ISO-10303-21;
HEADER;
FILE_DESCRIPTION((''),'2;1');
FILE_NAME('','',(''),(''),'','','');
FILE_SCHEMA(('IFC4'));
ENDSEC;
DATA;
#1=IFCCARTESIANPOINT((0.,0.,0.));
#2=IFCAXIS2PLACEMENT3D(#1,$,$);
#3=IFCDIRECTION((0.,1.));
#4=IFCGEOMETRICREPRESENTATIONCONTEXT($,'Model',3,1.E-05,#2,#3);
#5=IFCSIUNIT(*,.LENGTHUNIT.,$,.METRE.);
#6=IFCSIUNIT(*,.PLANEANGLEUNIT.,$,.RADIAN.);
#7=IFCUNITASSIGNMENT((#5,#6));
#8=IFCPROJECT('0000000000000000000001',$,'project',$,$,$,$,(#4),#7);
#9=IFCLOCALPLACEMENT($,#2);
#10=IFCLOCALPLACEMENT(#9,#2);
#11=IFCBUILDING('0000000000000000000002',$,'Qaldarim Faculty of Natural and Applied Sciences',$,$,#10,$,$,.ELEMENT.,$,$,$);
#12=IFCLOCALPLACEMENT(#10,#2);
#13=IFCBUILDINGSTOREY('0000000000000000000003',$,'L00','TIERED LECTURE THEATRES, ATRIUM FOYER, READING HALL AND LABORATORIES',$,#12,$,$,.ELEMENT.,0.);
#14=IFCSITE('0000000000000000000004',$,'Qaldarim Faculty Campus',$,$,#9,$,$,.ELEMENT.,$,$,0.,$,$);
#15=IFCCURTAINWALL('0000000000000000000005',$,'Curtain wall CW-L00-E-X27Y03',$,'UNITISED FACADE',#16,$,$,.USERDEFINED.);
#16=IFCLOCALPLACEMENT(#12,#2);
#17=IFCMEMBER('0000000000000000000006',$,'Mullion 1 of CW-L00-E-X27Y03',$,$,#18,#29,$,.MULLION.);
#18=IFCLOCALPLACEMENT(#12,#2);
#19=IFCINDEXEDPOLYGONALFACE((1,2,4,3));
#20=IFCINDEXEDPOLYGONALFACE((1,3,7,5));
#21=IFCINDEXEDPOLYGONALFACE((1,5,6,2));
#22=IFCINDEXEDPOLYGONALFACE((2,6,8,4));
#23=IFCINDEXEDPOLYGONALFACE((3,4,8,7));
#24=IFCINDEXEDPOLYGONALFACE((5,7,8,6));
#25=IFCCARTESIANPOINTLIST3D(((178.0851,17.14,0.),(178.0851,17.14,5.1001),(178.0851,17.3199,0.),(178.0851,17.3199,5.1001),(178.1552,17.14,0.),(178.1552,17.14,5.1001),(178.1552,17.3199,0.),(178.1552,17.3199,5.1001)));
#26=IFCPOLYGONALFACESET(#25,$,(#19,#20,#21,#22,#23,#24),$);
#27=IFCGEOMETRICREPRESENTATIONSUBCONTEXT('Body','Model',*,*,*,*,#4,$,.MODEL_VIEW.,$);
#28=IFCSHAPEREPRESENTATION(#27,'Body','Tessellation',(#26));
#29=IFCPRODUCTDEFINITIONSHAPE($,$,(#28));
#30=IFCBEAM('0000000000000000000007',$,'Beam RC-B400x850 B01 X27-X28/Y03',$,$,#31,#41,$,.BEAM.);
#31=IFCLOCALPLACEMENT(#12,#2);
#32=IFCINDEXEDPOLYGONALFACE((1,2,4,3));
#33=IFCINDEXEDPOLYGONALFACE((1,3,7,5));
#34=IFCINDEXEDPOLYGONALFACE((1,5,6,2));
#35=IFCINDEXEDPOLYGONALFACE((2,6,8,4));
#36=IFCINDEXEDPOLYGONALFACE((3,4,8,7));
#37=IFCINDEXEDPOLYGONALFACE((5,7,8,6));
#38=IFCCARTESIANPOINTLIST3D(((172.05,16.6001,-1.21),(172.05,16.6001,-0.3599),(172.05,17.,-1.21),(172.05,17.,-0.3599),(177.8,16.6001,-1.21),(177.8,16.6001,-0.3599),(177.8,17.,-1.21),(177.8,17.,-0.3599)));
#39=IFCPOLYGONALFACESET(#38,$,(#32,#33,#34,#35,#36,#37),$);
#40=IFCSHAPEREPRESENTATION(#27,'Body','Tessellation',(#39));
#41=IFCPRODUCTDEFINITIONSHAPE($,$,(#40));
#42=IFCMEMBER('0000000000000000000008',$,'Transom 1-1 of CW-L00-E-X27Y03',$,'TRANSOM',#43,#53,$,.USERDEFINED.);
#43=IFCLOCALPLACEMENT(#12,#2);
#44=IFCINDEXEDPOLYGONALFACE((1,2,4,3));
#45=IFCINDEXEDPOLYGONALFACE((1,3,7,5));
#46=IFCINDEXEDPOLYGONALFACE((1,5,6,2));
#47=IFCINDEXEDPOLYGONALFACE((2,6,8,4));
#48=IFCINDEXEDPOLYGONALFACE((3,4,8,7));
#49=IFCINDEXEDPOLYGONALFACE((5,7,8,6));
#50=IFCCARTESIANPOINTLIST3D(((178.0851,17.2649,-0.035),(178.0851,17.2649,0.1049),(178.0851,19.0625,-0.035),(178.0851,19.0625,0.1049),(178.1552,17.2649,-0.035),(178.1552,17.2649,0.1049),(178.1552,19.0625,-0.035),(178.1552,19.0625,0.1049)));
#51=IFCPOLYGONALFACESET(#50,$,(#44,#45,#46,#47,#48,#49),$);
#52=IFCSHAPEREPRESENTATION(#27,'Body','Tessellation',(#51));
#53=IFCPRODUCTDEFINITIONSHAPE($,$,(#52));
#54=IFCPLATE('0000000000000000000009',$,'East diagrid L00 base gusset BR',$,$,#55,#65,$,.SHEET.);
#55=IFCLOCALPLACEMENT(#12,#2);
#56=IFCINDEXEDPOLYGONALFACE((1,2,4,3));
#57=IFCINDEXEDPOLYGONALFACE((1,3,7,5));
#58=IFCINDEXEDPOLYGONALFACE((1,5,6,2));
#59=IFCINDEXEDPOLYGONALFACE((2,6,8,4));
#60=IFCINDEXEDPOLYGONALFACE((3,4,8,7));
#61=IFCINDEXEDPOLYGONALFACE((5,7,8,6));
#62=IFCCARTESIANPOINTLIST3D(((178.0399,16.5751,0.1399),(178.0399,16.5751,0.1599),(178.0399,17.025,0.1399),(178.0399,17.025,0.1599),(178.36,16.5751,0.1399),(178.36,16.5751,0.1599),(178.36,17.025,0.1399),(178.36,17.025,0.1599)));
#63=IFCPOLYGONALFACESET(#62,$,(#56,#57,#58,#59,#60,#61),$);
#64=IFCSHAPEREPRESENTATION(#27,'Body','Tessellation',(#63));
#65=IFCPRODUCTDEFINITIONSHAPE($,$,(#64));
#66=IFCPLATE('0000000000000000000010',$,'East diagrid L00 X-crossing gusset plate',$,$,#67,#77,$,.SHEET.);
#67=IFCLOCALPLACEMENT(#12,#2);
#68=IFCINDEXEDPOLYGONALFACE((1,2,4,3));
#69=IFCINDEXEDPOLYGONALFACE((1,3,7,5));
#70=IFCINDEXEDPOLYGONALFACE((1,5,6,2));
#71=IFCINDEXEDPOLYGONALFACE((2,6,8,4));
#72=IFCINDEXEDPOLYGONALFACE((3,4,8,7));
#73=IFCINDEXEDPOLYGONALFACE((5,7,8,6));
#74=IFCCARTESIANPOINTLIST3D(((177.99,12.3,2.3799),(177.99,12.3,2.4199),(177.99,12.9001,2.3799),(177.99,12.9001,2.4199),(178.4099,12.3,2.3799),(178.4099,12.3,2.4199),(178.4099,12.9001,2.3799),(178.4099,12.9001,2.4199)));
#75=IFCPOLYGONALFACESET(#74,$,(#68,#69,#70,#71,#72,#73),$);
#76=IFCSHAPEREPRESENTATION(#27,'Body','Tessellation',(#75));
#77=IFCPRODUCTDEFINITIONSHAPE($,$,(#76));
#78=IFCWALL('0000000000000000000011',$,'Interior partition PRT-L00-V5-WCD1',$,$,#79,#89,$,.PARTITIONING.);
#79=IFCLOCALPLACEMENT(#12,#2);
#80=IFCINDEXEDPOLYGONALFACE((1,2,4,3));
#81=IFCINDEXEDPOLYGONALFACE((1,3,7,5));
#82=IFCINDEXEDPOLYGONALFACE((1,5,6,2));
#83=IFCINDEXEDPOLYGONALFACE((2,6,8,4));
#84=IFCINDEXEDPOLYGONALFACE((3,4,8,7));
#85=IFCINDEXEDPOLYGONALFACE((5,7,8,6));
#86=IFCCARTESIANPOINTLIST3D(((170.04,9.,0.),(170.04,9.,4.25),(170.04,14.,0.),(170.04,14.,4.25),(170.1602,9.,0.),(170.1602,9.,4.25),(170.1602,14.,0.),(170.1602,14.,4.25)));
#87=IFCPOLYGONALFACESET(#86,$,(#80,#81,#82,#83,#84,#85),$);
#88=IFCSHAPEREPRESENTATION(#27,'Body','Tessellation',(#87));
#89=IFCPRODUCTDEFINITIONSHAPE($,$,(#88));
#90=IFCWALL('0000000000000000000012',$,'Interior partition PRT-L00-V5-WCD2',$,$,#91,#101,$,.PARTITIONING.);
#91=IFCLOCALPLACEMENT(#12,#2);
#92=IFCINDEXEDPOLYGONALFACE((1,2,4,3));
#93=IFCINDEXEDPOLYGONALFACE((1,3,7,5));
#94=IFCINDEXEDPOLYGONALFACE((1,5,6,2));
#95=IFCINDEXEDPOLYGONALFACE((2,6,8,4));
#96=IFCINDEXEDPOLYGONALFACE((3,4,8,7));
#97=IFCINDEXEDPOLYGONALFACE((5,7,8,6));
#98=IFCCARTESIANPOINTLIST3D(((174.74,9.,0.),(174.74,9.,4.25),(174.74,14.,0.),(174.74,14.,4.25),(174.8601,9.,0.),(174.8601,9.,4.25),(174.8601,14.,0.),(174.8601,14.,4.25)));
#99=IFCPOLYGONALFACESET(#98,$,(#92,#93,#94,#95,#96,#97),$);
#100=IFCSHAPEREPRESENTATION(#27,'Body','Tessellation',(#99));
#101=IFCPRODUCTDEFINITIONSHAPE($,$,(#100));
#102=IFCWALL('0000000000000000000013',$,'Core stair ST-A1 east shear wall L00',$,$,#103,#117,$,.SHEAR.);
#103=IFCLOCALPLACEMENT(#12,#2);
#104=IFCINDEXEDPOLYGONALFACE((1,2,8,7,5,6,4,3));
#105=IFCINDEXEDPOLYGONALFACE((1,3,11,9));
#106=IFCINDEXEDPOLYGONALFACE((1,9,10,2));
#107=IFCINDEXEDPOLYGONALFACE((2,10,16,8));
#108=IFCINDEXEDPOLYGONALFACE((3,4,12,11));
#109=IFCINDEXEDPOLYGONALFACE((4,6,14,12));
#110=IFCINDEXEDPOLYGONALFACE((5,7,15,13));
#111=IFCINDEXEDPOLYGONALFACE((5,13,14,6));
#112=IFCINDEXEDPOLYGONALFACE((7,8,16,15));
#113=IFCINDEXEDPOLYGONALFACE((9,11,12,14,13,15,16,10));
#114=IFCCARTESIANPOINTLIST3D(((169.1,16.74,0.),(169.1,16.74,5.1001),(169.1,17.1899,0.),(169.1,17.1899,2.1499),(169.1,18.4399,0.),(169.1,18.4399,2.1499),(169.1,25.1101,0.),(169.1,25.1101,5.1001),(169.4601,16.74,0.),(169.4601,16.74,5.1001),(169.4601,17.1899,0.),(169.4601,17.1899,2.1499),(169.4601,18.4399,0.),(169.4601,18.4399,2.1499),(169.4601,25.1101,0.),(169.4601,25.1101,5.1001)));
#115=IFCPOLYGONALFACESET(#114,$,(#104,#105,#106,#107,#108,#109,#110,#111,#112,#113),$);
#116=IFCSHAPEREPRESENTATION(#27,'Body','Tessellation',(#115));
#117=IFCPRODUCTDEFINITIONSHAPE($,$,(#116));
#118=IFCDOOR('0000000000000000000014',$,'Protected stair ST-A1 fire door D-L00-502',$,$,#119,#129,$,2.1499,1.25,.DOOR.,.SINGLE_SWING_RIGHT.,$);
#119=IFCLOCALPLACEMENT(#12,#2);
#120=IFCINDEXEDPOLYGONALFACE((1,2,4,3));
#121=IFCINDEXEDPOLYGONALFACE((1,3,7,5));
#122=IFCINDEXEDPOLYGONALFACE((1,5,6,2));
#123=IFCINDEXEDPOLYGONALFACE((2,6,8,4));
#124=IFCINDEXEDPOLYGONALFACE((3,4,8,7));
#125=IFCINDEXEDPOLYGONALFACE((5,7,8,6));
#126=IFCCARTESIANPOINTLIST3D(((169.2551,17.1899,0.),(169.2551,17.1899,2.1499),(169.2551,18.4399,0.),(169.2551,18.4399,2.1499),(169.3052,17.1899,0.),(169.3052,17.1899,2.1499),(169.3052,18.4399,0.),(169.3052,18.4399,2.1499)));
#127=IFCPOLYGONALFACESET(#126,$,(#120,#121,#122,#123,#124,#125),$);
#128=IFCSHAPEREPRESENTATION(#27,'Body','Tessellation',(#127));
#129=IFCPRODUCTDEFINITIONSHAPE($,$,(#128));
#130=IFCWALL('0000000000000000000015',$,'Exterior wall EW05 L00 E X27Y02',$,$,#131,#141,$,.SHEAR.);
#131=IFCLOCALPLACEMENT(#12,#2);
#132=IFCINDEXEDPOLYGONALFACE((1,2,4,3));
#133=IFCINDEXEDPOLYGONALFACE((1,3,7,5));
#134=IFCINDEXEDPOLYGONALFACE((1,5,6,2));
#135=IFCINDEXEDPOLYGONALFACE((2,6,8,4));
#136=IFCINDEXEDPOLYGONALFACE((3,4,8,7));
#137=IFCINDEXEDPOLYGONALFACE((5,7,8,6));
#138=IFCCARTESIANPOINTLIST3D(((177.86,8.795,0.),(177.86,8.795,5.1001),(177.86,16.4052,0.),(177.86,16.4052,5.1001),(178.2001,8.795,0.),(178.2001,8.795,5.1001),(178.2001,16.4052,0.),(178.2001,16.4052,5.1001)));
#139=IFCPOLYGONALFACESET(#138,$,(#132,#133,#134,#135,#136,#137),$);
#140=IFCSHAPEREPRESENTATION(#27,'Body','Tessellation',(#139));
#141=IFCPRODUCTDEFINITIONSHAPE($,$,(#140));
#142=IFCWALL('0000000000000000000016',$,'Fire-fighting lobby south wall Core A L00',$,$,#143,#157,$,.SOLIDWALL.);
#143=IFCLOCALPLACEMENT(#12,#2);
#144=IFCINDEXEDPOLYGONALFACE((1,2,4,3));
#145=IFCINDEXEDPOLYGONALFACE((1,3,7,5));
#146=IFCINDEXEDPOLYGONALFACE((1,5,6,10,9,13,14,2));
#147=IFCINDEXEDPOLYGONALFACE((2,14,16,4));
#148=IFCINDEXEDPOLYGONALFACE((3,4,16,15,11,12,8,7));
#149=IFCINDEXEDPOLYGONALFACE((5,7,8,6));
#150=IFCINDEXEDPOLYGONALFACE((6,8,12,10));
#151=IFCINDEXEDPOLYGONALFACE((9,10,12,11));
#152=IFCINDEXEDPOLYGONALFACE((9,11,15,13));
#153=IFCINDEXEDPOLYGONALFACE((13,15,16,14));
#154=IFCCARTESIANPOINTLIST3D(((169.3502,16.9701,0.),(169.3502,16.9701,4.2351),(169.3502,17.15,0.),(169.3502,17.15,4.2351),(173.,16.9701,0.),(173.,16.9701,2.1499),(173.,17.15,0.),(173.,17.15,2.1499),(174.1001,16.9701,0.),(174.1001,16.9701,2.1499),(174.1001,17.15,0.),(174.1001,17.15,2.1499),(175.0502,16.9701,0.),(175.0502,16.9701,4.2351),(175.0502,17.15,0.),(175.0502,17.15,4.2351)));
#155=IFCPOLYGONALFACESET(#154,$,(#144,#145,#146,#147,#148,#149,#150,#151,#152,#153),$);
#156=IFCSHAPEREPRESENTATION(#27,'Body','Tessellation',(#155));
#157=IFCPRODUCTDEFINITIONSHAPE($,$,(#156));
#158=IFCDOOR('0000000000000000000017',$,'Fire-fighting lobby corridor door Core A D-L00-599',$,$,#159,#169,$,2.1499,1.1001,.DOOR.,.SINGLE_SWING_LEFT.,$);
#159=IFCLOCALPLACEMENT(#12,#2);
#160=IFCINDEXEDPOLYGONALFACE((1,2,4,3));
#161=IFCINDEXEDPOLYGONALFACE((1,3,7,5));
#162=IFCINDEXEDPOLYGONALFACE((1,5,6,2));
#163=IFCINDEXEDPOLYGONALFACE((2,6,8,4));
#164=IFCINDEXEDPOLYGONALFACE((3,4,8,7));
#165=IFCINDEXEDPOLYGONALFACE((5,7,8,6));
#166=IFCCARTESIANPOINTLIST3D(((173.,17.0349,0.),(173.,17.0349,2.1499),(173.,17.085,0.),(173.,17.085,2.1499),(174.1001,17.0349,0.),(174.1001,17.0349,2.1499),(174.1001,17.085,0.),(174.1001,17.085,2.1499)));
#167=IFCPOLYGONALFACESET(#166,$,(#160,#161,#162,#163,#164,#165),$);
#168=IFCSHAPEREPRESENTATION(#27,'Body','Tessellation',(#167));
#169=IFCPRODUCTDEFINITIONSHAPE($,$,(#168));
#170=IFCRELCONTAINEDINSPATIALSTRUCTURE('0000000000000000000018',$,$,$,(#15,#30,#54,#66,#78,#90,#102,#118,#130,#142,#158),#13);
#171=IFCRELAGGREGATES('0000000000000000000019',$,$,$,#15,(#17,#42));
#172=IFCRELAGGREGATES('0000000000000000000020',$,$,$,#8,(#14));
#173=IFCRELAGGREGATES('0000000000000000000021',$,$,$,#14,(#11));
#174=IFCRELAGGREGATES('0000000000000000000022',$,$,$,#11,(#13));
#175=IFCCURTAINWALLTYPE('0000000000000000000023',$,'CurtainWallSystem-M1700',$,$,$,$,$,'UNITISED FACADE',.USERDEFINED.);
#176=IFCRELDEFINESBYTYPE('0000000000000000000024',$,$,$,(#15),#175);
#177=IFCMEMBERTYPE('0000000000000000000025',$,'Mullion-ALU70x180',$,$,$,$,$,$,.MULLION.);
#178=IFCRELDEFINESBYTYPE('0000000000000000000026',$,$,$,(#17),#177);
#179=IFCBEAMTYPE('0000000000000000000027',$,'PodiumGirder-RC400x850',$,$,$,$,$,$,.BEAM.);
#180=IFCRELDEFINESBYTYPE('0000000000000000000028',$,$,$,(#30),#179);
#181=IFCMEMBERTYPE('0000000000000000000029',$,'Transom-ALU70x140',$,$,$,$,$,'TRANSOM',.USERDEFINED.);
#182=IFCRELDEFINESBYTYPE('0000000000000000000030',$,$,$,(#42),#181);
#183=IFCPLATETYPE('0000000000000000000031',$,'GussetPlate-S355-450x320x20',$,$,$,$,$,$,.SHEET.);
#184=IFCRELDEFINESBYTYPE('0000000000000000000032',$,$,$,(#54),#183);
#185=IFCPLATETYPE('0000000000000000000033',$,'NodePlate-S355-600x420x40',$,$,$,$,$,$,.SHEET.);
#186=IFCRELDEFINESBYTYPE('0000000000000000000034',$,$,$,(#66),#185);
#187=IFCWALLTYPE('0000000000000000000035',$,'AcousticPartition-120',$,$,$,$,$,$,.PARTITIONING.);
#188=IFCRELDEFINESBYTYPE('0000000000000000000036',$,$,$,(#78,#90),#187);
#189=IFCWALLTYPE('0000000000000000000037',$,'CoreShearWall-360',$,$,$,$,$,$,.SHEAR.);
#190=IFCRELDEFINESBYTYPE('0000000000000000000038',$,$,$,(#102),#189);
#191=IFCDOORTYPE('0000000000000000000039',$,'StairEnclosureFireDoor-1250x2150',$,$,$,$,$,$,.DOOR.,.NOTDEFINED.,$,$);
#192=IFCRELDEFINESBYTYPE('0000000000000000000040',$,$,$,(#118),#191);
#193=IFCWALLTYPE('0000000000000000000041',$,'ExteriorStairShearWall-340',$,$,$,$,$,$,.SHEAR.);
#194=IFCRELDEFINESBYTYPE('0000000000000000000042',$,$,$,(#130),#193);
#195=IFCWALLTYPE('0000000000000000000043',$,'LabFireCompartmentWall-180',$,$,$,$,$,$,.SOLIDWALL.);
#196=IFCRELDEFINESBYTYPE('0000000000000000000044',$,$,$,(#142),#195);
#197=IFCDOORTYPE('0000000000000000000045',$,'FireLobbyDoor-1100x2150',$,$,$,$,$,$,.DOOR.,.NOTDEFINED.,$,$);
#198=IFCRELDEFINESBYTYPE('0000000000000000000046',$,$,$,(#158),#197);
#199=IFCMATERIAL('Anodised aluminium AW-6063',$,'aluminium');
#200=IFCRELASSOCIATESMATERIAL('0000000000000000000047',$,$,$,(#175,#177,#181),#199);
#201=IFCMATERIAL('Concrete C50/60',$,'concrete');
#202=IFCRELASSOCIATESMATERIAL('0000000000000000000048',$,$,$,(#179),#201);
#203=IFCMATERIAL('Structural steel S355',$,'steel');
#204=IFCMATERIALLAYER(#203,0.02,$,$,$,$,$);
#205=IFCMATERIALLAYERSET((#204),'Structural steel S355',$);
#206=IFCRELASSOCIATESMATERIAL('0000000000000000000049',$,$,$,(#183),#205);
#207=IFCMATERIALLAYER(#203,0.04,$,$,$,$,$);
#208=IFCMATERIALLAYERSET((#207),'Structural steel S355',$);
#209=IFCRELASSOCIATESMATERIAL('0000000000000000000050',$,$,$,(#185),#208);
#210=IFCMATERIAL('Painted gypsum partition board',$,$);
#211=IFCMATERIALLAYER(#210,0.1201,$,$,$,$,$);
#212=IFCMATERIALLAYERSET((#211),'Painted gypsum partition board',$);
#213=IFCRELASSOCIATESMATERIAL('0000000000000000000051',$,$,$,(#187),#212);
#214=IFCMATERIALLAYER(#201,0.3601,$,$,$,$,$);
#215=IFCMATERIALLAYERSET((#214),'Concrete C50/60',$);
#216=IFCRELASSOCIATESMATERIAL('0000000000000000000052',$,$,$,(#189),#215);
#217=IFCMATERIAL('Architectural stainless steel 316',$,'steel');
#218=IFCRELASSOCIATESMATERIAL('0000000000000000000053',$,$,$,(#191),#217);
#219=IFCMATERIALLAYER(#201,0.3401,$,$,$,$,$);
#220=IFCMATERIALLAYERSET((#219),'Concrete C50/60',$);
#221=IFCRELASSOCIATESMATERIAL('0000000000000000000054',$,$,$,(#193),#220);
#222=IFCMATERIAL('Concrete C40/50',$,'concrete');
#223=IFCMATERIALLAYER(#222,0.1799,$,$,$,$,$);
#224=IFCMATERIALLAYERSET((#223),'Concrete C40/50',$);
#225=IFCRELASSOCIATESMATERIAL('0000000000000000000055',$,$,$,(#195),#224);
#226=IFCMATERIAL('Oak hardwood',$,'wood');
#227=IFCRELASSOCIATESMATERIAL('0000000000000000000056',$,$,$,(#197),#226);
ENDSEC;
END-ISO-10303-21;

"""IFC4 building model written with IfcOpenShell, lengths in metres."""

from ifc_helpers import new_model, si_unit, direction, frame, frame_2d, origin, origin_2d, place, context, subcontext, project, spatial, rectangle, extrude, material, layer, layer_set, material_profile, profile_set, type_object, element, fill, aggregate, save


model = new_model("IFC4")

# Units and contexts
model_context = context("Model", 3, precision=1e-05, world=origin(), true_north=direction((0.0, 1.0)))
body_context = subcontext(model_context, "Body", "Model", "MODEL_VIEW")
ifc_project = project(units=[si_unit("LENGTHUNIT", "METRE"), si_unit("PLANEANGLEUNIT", "RADIAN")], contexts=[model_context])

# Site, building, storey
site_placement = place(None, origin())
site = spatial("IfcSite", under=ifc_project, at=site_placement, Name="Qaldarim Faculty Campus", CompositionType="ELEMENT", RefElevation=0.0)
building_placement = place(site_placement, origin())
building = spatial("IfcBuilding", under=site, at=building_placement, Name="Qaldarim Faculty of Natural and Applied Sciences", CompositionType="ELEMENT")
storey_placement = place(building_placement, origin())
storey = spatial("IfcBuildingStorey", under=building, at=storey_placement, Name="L00", Description="TIERED LECTURE THEATRES, ATRIUM FOYER, READING HALL AND LABORATORIES", CompositionType="ELEMENT", Elevation=0.0)

# Shared definitions
ifc_material_1 = material(Name="Concrete C50/60", Category="concrete")

# Shared definitions
ifc_material_2 = material(Name="Structural steel S355", Category="steel")

# Curtain wall, member
ifc_material_3 = material(Name="Anodised aluminium AW-6063", Category="aluminium")
curtain_wall_type = type_object("IfcCurtainWallType", Name="CurtainWallSystem-M1700", ElementType="UNITISED FACADE", PredefinedType="USERDEFINED", material=ifc_material_3)
curtain_wall_placement = place(storey_placement, origin())
curtain_wall = element("IfcCurtainWall", 1, at=curtain_wall_placement, inside=storey, type_object=curtain_wall_type, Name="Curtain wall CW-L00-E-X27Y03", ObjectType="UNITISED FACADE", PredefinedType="USERDEFINED")
ifc_material_profile_1 = material_profile(ifc_material_3, rectangle(XDim=0.0701, YDim=0.1799, at=origin_2d()), Name="ALU-M70x180")
ifc_profile_set_1 = profile_set([ifc_material_profile_1], Name="Anodised aluminium AW-6063")
member_type_1 = type_object("IfcMemberType", Name="Mullion-ALU70x180", PredefinedType="MULLION", material=ifc_profile_set_1)
member_1_placement = place(storey_placement, frame((178.1201, 17.23, 0.0), z_axis=(0.0, 0.0, 1.0), x_axis=(-1.0, 0.0, 0.0)))
member_1 = element("IfcMember", 2, at=member_1_placement, type_object=member_type_1, Name="Mullion 1 of CW-L00-E-X27Y03", PredefinedType="MULLION", context=body_context, shape_type="SweptSolid", body=[
    extrude(rectangle(XDim=0.0701, YDim=0.1799, at=origin_2d()), origin(), (0.0, 0.0, 1.0), 5.1001),
])

# Beam
ifc_material_profile_2 = material_profile(ifc_material_1, rectangle(XDim=0.3999, YDim=0.8501, at=origin_2d()), Name="RC-B400x850")
ifc_profile_set_2 = profile_set([ifc_material_profile_2], Name="Concrete C50/60")
beam_type_1 = type_object("IfcBeamType", Name="PodiumGirder-RC400x850", PredefinedType="BEAM", material=ifc_profile_set_2)
beam_1_placement = place(storey_placement, frame((172.05, 16.8, -0.7849), z_axis=(1.0, 0.0, 0.0), x_axis=(0.0, 1.0, 0.0)))
element("IfcBeam", 3, at=beam_1_placement, inside=storey, type_object=beam_type_1, Name="Beam RC-B400x850 B01 X27-X28/Y03", PredefinedType="BEAM", context=body_context, shape_type="SweptSolid", body=[
    extrude(rectangle(XDim=0.3999, YDim=0.8501, at=origin_2d()), origin(), (0.0, 0.0, 1.0), 5.75),
])

# Member
ifc_material_profile_3 = material_profile(ifc_material_3, rectangle(XDim=0.0701, YDim=0.1399, at=origin_2d()), Name="ALU-T70x140")
ifc_profile_set_3 = profile_set([ifc_material_profile_3], Name="Anodised aluminium AW-6063")
member_type_2 = type_object("IfcMemberType", Name="Transom-ALU70x140", ElementType="TRANSOM", PredefinedType="USERDEFINED", material=ifc_profile_set_3)
member_2_placement = place(storey_placement, frame((178.1201, 17.2649, 0.0349), z_axis=(0.0, 1.0, 0.0), x_axis=(-1.0, 0.0, 0.0)))
member_2 = element("IfcMember", 4, at=member_2_placement, type_object=member_type_2, Name="Transom 1-1 of CW-L00-E-X27Y03", ObjectType="TRANSOM", PredefinedType="USERDEFINED", context=body_context, shape_type="SweptSolid", body=[
    extrude(rectangle(XDim=0.0701, YDim=0.1399, at=origin_2d()), origin(), (0.0, 0.0, 1.0), 1.7976),
])
aggregate(curtain_wall, [member_1, member_2])

# Plates
ifc_layer_1 = layer(ifc_material_2, 0.02)
ifc_layer_set_1 = layer_set([ifc_layer_1], Name="Structural steel S355")
plate_type_1 = type_object("IfcPlateType", Name="GussetPlate-S355-450x320x20", PredefinedType="SHEET", material=ifc_layer_set_1)
plate_1_placement = place(storey_placement, frame((178.2, 16.8, 0.1399), z_axis=(0.0, 0.0, 1.0), x_axis=(0.0, 1.0, 0.0)))
element("IfcPlate", 5, at=plate_1_placement, inside=storey, type_object=plate_type_1, Name="East diagrid L00 base gusset BR", PredefinedType="SHEET", context=body_context, shape_type="SweptSolid", body=[
    extrude(rectangle(XDim=0.45, YDim=0.3201, at=origin_2d()), origin(), (0.0, 0.0, 1.0), 0.02),
])
ifc_layer_2 = layer(ifc_material_2, 0.04)
ifc_layer_set_2 = layer_set([ifc_layer_2], Name="Structural steel S355")
plate_type_2 = type_object("IfcPlateType", Name="NodePlate-S355-600x420x40", PredefinedType="SHEET", material=ifc_layer_set_2)
plate_2_placement = place(storey_placement, frame((178.2, 12.6001, 2.3799), z_axis=(0.0, 0.0, 1.0), x_axis=(0.0, 1.0, 0.0)))
element("IfcPlate", 6, at=plate_2_placement, inside=storey, type_object=plate_type_2, Name="East diagrid L00 X-crossing gusset plate", PredefinedType="SHEET", context=body_context, shape_type="SweptSolid", body=[
    extrude(rectangle(XDim=0.6001, YDim=0.4199, at=origin_2d()), origin(), (0.0, 0.0, 1.0), 0.04),
])

# Walls
ifc_material_4 = material(Name="Painted gypsum partition board")
ifc_layer_3 = layer(ifc_material_4, 0.1201)
ifc_layer_set_3 = layer_set([ifc_layer_3], Name="Painted gypsum partition board")
wall_type_1 = type_object("IfcWallType", Name="AcousticPartition-120", PredefinedType="PARTITIONING", material=ifc_layer_set_3)
for number, where, z_axis, x_axis, name in (
    (7, (170.1001, 9.0, 0.0), (0.0, 0.0, 1.0), (0.0, 1.0, 0.0), "Interior partition PRT-L00-V5-WCD1"),
    (8, (174.8, 9.0, 0.0), (0.0, 0.0, 1.0), (0.0, 1.0, 0.0), "Interior partition PRT-L00-V5-WCD2"),
):
    element("IfcWall", number, at=place(storey_placement, frame(where, z_axis=z_axis, x_axis=x_axis)), inside=storey, type_object=wall_type_1, Name=name, PredefinedType="PARTITIONING", context=body_context, shape_type="SweptSolid", body=[
        extrude(rectangle(XDim=5.0, YDim=0.1201, at=frame_2d((2.5, 0.0))), origin(), (0.0, 0.0, 1.0), 4.25),
    ])

# Wall, opening, door
ifc_layer_4 = layer(ifc_material_1, 0.3601)
ifc_layer_set_4 = layer_set([ifc_layer_4], Name="Concrete C50/60")
wall_type_2 = type_object("IfcWallType", Name="CoreShearWall-360", PredefinedType="SHEAR", material=ifc_layer_set_4)
wall_1_placement = place(storey_placement, frame((169.28, 16.74, 0.0), z_axis=(0.0, 0.0, 1.0), x_axis=(0.0, 1.0, 0.0)))
wall_1 = element("IfcWall", 9, at=wall_1_placement, inside=storey, type_object=wall_type_2, Name="Core stair ST-A1 east shear wall L00", PredefinedType="SHEAR", context=body_context, shape_type="SweptSolid", body=[
    extrude(rectangle(XDim=8.3701, YDim=0.3601, at=frame_2d((4.1851, 0.0))), origin(), (0.0, 0.0, 1.0), 5.1001),
])
opening_1_placement = place(wall_1_placement, frame((0.45, 0.0, 0.0)))
opening_1 = element("IfcOpeningElement", 10, at=opening_1_placement, cuts=wall_1, PredefinedType="OPENING", context=body_context, shape_type="SweptSolid", body=[
    extrude(rectangle(XDim=1.25, YDim=2.1499, at=frame_2d((0.625, 1.075))), frame((0.0, 0.1899, 0.0), z_axis=(0.0, -1.0, 0.0), x_axis=(1.0, 0.0, 0.0)), (0.0, 0.0, 1.0), 0.3801),
])
ifc_material_5 = material(Name="Architectural stainless steel 316", Category="steel")
door_type_1 = type_object("IfcDoorType", Name="StairEnclosureFireDoor-1250x2150", OperationType="NOTDEFINED", PredefinedType="DOOR", material=ifc_material_5)
door_1_placement = place(opening_1_placement, origin())
door_1 = element("IfcDoor", 11, at=door_1_placement, inside=storey, type_object=door_type_1, Name="Protected stair ST-A1 fire door D-L00-502", OperationType="SINGLE_SWING_RIGHT", OverallHeight=2.1499, OverallWidth=1.25, PredefinedType="DOOR", context=body_context, shape_type="SweptSolid", body=[
    extrude(rectangle(XDim=1.25, YDim=2.1499, at=frame_2d((0.625, 1.075))), frame((0.0, 0.0249, 0.0), z_axis=(0.0, -1.0, 0.0), x_axis=(1.0, 0.0, 0.0)), (0.0, 0.0, 1.0), 0.05),
])
fill(opening_1, door_1)

# Wall
ifc_layer_5 = layer(ifc_material_1, 0.3401)
ifc_layer_set_5 = layer_set([ifc_layer_5], Name="Concrete C50/60")
wall_type_3 = type_object("IfcWallType", Name="ExteriorStairShearWall-340", PredefinedType="SHEAR", material=ifc_layer_set_5)
wall_2_placement = place(storey_placement, frame((178.03, 8.7949, 0.0), z_axis=(0.0, 0.0, 1.0), x_axis=(0.0, 1.0, 0.0)))
element("IfcWall", 12, at=wall_2_placement, inside=storey, type_object=wall_type_3, Name="Exterior wall EW05 L00 E X27Y02", PredefinedType="SHEAR", context=body_context, shape_type="SweptSolid", body=[
    extrude(rectangle(XDim=7.6101, YDim=0.3401, at=frame_2d((3.8052, 0.0))), origin(), (0.0, 0.0, 1.0), 5.1001),
])

# Wall, opening, door
ifc_material_6 = material(Name="Concrete C40/50", Category="concrete")
ifc_layer_6 = layer(ifc_material_6, 0.1799)
ifc_layer_set_6 = layer_set([ifc_layer_6], Name="Concrete C40/50")
wall_type_4 = type_object("IfcWallType", Name="LabFireCompartmentWall-180", PredefinedType="SOLIDWALL", material=ifc_layer_set_6)
wall_3_placement = place(storey_placement, frame((169.3501, 17.0601, 0.0), z_axis=(0.0, 0.0, 1.0), x_axis=(1.0, 0.0, 0.0)))
wall_3 = element("IfcWall", 13, at=wall_3_placement, inside=storey, type_object=wall_type_4, Name="Fire-fighting lobby south wall Core A L00", PredefinedType="SOLIDWALL", context=body_context, shape_type="SweptSolid", body=[
    extrude(rectangle(XDim=5.7, YDim=0.1799, at=frame_2d((2.8501, 0.0))), origin(), (0.0, 0.0, 1.0), 4.2351),
])
opening_2_placement = place(wall_3_placement, frame((3.6499, 0.0, 0.0)))
opening_2 = element("IfcOpeningElement", 14, at=opening_2_placement, cuts=wall_3, PredefinedType="OPENING", context=body_context, shape_type="SweptSolid", body=[
    extrude(rectangle(XDim=1.1001, YDim=2.1499, at=frame_2d((0.55, 1.075))), frame((0.0, 0.0999, 0.0), z_axis=(0.0, -1.0, 0.0), x_axis=(1.0, 0.0, 0.0)), (0.0, 0.0, 1.0), 0.2),
])
ifc_material_7 = material(Name="Oak hardwood", Category="wood")
door_type_2 = type_object("IfcDoorType", Name="FireLobbyDoor-1100x2150", OperationType="NOTDEFINED", PredefinedType="DOOR", material=ifc_material_7)
door_2_placement = place(opening_2_placement, origin())
door_2 = element("IfcDoor", 15, at=door_2_placement, inside=storey, type_object=door_type_2, Name="Fire-fighting lobby corridor door Core A D-L00-599", OperationType="SINGLE_SWING_LEFT", OverallHeight=2.1499, OverallWidth=1.1001, PredefinedType="DOOR", context=body_context, shape_type="SweptSolid", body=[
    extrude(rectangle(XDim=1.1001, YDim=2.1499, at=frame_2d((0.55, 1.075))), frame((0.0, 0.0249, 0.0), z_axis=(0.0, -1.0, 0.0), x_axis=(1.0, 0.0, 0.0)), (0.0, 0.0, 1.0), 0.05),
])
fill(opening_2, door_2)

save(model, "model.ifc")
